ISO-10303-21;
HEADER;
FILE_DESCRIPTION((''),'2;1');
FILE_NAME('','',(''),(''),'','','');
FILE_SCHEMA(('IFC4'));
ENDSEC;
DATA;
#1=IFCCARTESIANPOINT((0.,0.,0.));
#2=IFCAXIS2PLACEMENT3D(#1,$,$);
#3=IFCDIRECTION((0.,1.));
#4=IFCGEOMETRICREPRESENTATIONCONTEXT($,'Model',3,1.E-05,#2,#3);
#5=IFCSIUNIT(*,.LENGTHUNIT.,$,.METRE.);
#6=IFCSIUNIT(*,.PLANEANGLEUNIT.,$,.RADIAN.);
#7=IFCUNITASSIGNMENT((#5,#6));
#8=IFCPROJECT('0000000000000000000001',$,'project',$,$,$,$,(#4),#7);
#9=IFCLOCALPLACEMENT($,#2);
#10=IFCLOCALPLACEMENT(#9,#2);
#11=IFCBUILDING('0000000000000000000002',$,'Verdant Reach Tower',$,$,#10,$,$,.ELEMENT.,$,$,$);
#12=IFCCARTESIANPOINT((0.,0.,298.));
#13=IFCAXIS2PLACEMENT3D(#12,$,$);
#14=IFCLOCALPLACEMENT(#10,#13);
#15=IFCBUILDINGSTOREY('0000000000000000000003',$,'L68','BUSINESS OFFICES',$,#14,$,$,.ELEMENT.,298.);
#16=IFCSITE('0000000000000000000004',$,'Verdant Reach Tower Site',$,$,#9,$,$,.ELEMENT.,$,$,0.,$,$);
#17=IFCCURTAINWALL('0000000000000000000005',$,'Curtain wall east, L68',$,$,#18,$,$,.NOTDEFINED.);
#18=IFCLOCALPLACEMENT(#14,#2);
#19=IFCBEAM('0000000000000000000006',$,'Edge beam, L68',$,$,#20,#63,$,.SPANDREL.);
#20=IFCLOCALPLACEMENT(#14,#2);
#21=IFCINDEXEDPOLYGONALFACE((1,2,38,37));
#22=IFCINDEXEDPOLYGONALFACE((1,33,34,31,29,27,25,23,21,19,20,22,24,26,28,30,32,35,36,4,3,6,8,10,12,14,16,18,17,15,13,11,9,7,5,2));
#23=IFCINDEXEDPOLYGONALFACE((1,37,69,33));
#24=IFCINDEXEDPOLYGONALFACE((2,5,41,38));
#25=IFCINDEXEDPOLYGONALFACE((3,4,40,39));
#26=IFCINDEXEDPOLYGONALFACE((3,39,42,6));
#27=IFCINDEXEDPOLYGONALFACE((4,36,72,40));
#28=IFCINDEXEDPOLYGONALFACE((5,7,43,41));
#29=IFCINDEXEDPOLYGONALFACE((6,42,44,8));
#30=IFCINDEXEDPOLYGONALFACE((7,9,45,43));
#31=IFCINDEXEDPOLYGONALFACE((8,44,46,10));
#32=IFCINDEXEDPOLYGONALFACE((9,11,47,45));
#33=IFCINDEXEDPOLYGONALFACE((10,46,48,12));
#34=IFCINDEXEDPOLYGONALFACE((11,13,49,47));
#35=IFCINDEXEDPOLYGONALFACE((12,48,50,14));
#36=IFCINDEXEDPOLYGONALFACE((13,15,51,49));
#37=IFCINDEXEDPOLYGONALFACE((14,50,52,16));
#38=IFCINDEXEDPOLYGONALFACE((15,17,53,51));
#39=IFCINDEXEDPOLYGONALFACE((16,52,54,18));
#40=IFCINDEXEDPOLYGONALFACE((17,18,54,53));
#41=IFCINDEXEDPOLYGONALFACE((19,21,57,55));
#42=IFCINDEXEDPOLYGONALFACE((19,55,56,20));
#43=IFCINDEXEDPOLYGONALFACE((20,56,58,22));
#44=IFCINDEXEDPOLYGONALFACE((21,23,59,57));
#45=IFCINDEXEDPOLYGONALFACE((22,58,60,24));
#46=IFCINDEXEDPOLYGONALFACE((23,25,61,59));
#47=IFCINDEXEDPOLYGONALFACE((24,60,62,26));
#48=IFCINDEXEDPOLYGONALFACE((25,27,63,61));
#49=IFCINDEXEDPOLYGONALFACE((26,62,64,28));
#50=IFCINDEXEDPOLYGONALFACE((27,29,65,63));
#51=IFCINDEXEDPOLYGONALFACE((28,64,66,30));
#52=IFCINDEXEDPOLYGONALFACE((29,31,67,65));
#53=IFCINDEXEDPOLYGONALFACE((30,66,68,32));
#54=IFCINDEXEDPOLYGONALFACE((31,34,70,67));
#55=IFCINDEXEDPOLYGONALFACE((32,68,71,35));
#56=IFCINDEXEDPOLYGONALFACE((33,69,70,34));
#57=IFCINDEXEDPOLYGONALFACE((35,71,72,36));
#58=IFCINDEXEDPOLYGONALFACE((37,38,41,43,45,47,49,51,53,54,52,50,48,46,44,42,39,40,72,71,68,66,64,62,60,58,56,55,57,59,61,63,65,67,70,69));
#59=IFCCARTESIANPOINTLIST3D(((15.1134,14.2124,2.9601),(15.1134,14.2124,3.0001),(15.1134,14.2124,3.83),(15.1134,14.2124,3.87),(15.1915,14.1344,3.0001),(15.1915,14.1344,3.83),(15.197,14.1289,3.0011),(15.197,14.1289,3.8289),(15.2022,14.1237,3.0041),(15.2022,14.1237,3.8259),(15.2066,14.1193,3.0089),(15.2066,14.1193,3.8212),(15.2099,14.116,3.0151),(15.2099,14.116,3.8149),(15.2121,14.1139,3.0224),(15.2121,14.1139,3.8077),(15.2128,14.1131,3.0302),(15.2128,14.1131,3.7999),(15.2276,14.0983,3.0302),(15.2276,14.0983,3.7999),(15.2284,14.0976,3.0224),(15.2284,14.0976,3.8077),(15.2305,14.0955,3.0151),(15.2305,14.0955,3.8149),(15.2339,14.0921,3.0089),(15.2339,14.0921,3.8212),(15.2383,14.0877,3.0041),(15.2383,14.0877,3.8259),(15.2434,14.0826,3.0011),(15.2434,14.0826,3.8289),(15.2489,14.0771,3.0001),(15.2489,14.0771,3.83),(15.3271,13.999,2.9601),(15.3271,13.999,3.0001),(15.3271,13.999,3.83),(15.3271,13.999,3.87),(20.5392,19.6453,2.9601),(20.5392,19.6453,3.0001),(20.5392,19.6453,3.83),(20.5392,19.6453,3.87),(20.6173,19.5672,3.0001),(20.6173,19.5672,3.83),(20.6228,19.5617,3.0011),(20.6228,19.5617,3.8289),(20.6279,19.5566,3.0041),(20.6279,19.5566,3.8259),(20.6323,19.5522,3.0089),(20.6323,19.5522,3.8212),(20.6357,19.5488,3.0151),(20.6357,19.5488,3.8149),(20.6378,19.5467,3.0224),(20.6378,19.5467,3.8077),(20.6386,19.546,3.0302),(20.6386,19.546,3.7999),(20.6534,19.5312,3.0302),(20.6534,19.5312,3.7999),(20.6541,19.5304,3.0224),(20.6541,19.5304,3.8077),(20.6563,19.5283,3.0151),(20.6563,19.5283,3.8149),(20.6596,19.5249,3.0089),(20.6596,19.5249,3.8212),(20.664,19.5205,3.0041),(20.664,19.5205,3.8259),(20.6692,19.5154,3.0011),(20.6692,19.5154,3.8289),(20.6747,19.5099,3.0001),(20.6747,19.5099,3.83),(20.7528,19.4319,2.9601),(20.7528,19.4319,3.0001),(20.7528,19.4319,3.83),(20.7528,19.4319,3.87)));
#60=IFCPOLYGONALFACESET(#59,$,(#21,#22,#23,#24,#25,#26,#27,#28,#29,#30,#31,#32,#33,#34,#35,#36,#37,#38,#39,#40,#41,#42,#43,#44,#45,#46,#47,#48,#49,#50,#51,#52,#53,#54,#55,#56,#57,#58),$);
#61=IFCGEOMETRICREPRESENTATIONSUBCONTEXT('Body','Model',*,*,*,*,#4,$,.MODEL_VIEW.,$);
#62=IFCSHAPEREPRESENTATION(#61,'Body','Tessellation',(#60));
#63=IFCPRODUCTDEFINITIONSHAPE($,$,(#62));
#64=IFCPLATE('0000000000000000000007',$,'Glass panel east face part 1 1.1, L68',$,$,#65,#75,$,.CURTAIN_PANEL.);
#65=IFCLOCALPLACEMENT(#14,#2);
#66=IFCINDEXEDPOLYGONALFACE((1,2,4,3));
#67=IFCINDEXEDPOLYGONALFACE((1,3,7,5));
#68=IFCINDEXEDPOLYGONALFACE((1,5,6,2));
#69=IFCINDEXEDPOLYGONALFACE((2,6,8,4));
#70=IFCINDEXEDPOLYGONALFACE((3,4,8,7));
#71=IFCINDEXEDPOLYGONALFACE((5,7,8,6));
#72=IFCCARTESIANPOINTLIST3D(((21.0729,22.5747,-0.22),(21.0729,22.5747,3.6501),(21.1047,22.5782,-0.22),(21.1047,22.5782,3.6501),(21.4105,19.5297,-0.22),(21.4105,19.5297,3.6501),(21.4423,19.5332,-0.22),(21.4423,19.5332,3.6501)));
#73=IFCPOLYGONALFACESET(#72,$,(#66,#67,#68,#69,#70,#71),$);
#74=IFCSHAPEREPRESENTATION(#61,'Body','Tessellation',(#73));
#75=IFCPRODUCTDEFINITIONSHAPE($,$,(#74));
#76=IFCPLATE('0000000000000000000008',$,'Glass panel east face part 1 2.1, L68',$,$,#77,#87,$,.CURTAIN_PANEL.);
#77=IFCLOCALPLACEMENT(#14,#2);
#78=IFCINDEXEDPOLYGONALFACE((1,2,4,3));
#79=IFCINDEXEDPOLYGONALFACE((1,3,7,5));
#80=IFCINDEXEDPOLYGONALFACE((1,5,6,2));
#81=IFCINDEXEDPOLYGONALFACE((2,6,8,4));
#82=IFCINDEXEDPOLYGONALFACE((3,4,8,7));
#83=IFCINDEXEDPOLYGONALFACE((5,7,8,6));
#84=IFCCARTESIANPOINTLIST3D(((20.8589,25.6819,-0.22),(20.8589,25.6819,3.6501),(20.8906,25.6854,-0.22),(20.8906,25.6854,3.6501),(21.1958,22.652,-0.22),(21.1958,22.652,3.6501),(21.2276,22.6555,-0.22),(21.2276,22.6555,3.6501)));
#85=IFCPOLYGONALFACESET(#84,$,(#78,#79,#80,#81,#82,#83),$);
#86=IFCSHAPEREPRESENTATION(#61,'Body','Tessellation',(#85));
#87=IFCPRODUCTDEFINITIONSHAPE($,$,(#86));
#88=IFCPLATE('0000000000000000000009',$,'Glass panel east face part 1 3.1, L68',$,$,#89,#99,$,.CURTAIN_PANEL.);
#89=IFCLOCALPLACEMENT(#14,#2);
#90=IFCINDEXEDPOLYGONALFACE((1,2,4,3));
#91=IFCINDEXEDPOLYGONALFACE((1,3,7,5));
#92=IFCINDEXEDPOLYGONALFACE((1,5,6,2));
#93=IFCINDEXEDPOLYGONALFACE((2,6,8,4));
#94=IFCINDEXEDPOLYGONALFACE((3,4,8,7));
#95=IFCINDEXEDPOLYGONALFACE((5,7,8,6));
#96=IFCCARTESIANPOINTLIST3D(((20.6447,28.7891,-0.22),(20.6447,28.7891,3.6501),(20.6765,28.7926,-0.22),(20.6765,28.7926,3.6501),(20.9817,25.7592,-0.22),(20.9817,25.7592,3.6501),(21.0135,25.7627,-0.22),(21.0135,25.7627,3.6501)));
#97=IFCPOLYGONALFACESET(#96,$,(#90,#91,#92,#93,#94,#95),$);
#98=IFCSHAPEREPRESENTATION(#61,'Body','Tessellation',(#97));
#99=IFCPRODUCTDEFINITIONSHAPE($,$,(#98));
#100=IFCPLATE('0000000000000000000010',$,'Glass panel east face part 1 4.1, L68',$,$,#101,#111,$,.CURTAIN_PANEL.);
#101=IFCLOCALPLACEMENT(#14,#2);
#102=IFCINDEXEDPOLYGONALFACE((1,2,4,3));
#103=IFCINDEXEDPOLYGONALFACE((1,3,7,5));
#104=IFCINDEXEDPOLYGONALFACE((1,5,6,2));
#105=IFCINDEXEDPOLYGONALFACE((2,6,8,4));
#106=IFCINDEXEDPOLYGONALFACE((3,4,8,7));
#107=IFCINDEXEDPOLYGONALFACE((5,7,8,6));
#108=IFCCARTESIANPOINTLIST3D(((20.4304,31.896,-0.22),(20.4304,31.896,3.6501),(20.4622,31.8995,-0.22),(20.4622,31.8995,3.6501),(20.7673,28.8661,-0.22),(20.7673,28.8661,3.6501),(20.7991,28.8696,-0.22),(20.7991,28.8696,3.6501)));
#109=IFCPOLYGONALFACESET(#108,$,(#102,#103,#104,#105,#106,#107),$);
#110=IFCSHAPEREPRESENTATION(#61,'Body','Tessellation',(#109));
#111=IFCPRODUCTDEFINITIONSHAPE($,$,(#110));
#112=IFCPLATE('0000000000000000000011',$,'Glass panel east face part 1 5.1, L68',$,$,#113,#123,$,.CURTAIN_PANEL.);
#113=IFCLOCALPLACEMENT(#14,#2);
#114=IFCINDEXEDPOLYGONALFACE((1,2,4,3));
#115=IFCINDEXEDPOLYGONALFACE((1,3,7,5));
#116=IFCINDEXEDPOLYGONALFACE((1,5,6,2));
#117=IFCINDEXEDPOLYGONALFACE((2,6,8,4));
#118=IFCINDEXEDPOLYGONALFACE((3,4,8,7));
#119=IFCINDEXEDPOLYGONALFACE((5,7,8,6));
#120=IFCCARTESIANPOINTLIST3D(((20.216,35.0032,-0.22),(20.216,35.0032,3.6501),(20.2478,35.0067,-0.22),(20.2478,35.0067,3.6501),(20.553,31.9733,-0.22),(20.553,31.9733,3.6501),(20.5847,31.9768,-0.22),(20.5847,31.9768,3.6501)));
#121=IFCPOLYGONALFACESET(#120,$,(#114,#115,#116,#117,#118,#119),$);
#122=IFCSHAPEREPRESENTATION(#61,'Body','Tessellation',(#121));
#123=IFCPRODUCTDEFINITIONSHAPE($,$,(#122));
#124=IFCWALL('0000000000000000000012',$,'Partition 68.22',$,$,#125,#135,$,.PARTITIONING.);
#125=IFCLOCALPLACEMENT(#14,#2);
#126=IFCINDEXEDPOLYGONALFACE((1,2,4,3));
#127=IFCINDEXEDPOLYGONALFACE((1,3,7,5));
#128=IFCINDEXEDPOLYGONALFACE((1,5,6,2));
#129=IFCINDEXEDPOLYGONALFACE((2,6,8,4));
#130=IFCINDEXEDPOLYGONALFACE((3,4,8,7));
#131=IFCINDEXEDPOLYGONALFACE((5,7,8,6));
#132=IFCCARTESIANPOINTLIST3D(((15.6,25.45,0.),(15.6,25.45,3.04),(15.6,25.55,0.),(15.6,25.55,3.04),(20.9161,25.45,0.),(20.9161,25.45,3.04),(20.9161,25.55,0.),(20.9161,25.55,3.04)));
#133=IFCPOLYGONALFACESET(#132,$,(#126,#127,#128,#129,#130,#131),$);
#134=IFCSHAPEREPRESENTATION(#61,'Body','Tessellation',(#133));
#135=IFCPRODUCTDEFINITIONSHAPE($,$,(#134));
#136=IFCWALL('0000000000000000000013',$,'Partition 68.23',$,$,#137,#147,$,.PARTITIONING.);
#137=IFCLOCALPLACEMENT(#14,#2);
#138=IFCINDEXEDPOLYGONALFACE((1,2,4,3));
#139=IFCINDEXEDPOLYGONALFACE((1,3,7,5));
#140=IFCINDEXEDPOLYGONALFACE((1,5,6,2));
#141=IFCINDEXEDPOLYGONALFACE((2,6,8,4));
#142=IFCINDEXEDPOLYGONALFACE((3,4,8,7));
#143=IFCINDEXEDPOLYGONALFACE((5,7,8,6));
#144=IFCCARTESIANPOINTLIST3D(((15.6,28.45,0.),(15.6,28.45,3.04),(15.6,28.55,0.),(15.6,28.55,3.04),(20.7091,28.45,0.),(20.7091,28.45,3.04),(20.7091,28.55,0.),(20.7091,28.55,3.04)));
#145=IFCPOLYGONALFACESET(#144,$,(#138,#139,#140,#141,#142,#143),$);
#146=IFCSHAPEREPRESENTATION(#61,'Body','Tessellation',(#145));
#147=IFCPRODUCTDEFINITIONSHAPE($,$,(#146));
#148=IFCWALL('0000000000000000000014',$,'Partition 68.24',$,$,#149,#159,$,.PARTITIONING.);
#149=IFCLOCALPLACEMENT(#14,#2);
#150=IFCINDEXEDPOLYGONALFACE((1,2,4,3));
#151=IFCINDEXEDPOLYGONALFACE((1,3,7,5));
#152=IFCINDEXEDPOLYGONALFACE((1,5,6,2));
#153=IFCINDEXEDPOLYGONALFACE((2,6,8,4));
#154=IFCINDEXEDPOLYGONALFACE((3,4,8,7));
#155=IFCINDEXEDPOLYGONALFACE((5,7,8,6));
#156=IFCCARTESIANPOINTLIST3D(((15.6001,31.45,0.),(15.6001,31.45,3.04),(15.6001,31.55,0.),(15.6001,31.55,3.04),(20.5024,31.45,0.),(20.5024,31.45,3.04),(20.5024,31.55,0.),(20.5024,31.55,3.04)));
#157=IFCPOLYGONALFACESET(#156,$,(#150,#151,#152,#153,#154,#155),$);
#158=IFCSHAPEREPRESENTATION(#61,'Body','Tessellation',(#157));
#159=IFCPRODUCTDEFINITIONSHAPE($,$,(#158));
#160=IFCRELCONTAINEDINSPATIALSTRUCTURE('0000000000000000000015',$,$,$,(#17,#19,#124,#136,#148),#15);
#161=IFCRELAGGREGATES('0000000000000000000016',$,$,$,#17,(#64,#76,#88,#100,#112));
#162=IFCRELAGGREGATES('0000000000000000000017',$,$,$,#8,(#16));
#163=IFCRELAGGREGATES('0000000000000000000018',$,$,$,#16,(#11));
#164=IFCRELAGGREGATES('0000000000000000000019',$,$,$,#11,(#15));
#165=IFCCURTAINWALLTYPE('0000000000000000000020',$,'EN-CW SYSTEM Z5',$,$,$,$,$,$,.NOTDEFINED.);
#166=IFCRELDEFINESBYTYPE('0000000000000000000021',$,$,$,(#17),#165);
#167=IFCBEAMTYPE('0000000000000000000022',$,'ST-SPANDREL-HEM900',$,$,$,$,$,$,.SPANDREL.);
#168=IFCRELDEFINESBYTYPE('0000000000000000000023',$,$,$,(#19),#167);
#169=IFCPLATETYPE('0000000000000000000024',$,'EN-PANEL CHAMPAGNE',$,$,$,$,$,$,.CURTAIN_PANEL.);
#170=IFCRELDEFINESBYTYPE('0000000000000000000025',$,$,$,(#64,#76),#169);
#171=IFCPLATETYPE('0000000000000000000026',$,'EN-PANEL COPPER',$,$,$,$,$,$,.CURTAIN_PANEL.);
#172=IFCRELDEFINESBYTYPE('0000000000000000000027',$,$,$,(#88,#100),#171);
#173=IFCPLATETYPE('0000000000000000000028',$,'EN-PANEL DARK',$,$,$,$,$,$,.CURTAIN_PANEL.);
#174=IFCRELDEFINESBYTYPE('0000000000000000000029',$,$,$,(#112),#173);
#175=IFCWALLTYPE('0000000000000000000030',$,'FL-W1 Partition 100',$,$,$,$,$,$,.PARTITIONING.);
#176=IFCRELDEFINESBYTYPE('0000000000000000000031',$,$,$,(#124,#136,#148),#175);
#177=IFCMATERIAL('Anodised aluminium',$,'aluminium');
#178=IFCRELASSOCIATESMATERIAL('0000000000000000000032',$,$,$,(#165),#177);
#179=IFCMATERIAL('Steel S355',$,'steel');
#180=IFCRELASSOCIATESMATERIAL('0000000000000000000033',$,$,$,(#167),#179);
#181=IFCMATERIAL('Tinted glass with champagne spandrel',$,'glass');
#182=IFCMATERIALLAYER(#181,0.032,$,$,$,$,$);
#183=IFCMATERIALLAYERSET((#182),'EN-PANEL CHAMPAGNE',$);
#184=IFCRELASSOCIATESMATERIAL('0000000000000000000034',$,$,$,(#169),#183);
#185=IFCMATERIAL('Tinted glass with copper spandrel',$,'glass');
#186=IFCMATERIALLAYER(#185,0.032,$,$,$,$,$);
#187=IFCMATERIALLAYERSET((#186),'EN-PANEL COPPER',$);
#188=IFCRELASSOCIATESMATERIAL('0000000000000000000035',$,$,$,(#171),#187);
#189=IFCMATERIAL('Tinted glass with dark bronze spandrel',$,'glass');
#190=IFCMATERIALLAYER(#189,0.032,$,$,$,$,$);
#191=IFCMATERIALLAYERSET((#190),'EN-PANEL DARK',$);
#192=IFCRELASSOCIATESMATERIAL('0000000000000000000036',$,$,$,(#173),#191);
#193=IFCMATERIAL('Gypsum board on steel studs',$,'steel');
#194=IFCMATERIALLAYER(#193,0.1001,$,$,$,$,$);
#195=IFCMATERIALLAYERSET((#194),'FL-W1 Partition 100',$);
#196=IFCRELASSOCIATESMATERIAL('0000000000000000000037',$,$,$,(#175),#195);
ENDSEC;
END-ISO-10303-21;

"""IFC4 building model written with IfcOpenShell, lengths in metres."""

from ifc_helpers import new_model, si_unit, direction, frame, frame_2d, origin, origin_2d, place, context, subcontext, project, spatial, rectangle, i_section, extrude, material, layer, layer_set, material_profile, profile_set, type_object, element, aggregate, save


model = new_model("IFC4")

# Units and contexts
model_context = context("Model", 3, precision=1e-05, world=origin(), true_north=direction((0.0, 1.0)))
body_context = subcontext(model_context, "Body", "Model", "MODEL_VIEW")
ifc_project = project(units=[si_unit("LENGTHUNIT", "METRE"), si_unit("PLANEANGLEUNIT", "RADIAN")], contexts=[model_context])

# Site, building, storey
site_placement = place(None, origin())
site = spatial("IfcSite", under=ifc_project, at=site_placement, Name="Verdant Reach Tower Site", CompositionType="ELEMENT", RefElevation=0.0)
building_placement = place(site_placement, origin())
building = spatial("IfcBuilding", under=site, at=building_placement, Name="Verdant Reach Tower", CompositionType="ELEMENT")
storey_placement = place(building_placement, frame((0.0, 0.0, 298.0)))
storey = spatial("IfcBuildingStorey", under=building, at=storey_placement, Name="L68", Description="BUSINESS OFFICES", CompositionType="ELEMENT", Elevation=298.0)

# Curtain wall
ifc_material_1 = material(Name="Anodised aluminium", Category="aluminium")
curtain_wall_type = type_object("IfcCurtainWallType", Name="EN-CW SYSTEM Z5", PredefinedType="NOTDEFINED", material=ifc_material_1)
curtain_wall_placement = place(storey_placement, origin())
curtain_wall = element("IfcCurtainWall", 1, at=curtain_wall_placement, inside=storey, type_object=curtain_wall_type, Name="Curtain wall east, L68", PredefinedType="NOTDEFINED")

# Beam
ifc_material_2 = material(Name="Steel S355", Category="steel")
ifc_material_profile_1 = material_profile(ifc_material_2, i_section(OverallWidth=0.302, OverallDepth=0.9099, WebThickness=0.021, FlangeThickness=0.04, FilletRadius=0.03, at=origin_2d()), Name="HEM 900")
ifc_profile_set_1 = profile_set([ifc_material_profile_1], Name="Steel S355")
beam_type_1 = type_object("IfcBeamType", Name="ST-SPANDREL-HEM900", PredefinedType="SPANDREL", material=ifc_profile_set_1)
beam_1_placement = place(storey_placement, frame((20.646, 19.5386, 3.415), z_axis=(-0.706646, -0.707568, 0.0), x_axis=(0.707568, -0.706646, 0.0)))
element("IfcBeam", 2, at=beam_1_placement, inside=storey, type_object=beam_type_1, Name="Edge beam, L68", PredefinedType="SPANDREL", context=body_context, shape_type="SweptSolid", body=[
    extrude(i_section(OverallWidth=0.302, OverallDepth=0.9099, WebThickness=0.021, FlangeThickness=0.04, FilletRadius=0.03, at=origin_2d()), origin(), (0.0, 0.0, 1.0), 7.6782),
])

# Plates
ifc_material_3 = material(Name="Tinted glass with champagne spandrel", Category="glass")
ifc_layer_1 = layer(ifc_material_3, 0.032)
ifc_layer_set_1 = layer_set([ifc_layer_1], Name="EN-PANEL CHAMPAGNE")
plate_type_1 = type_object("IfcPlateType", Name="EN-PANEL CHAMPAGNE", PredefinedType="CURTAIN_PANEL", material=ifc_layer_set_1)
plate_1_placement = place(storey_placement, frame((21.2576, 21.054, -0.22), z_axis=(0.0, 0.0, 1.0), x_axis=(-0.110198, 0.99391, 0.0)))
plate_1 = element("IfcPlate", 3, at=plate_1_placement, type_object=plate_type_1, Name="Glass panel east face part 1 1.1, L68", PredefinedType="CURTAIN_PANEL", context=body_context, shape_type="SweptSolid", body=[
    extrude(rectangle(XDim=3.0637, YDim=0.032, at=origin_2d()), origin(), (0.0, 0.0, 1.0), 3.8701),
])
plate_2_placement = place(storey_placement, frame((21.0432, 24.1687, -0.22), z_axis=(0.0, 0.0, 1.0), x_axis=(-0.110518, 0.993874, 0.0)))
plate_2 = element("IfcPlate", 4, at=plate_2_placement, type_object=plate_type_1, Name="Glass panel east face part 1 2.1, L68", PredefinedType="CURTAIN_PANEL", context=body_context, shape_type="SweptSolid", body=[
    extrude(rectangle(XDim=3.0486, YDim=0.032, at=origin_2d()), origin(), (0.0, 0.0, 1.0), 3.8701),
])
ifc_material_4 = material(Name="Tinted glass with copper spandrel", Category="glass")
ifc_layer_2 = layer(ifc_material_4, 0.032)
ifc_layer_set_2 = layer_set([ifc_layer_2], Name="EN-PANEL COPPER")
plate_type_2 = type_object("IfcPlateType", Name="EN-PANEL COPPER", PredefinedType="CURTAIN_PANEL", material=ifc_layer_set_2)
plate_3_placement = place(storey_placement, frame((20.8291, 27.2759, -0.22), z_axis=(0.0, 0.0, 1.0), x_axis=(-0.110518, 0.993874, 0.0)))
plate_3 = element("IfcPlate", 5, at=plate_3_placement, type_object=plate_type_2, Name="Glass panel east face part 1 3.1, L68", PredefinedType="CURTAIN_PANEL", context=body_context, shape_type="SweptSolid", body=[
    extrude(rectangle(XDim=3.0486, YDim=0.032, at=origin_2d()), origin(), (0.0, 0.0, 1.0), 3.8701),
])
plate_4_placement = place(storey_placement, frame((20.6147, 30.3828, -0.22), z_axis=(0.0, 0.0, 1.0), x_axis=(-0.110518, 0.993874, 0.0)))
plate_4 = element("IfcPlate", 6, at=plate_4_placement, type_object=plate_type_2, Name="Glass panel east face part 1 4.1, L68", PredefinedType="CURTAIN_PANEL", context=body_context, shape_type="SweptSolid", body=[
    extrude(rectangle(XDim=3.0486, YDim=0.032, at=origin_2d()), origin(), (0.0, 0.0, 1.0), 3.8701),
])
ifc_material_5 = material(Name="Tinted glass with dark bronze spandrel", Category="glass")
ifc_layer_3 = layer(ifc_material_5, 0.032)
ifc_layer_set_3 = layer_set([ifc_layer_3], Name="EN-PANEL DARK")
plate_type_3 = type_object("IfcPlateType", Name="EN-PANEL DARK", PredefinedType="CURTAIN_PANEL", material=ifc_layer_set_3)
plate_5_placement = place(storey_placement, frame((20.4004, 33.49, -0.22), z_axis=(0.0, 0.0, 1.0), x_axis=(-0.110518, 0.993874, 0.0)))
plate_5 = element("IfcPlate", 7, at=plate_5_placement, type_object=plate_type_3, Name="Glass panel east face part 1 5.1, L68", PredefinedType="CURTAIN_PANEL", context=body_context, shape_type="SweptSolid", body=[
    extrude(rectangle(XDim=3.0486, YDim=0.032, at=origin_2d()), origin(), (0.0, 0.0, 1.0), 3.8701),
])
aggregate(curtain_wall, [plate_1, plate_2, plate_3, plate_4, plate_5])

# Walls
ifc_material_6 = material(Name="Gypsum board on steel studs", Category="steel")
ifc_layer_4 = layer(ifc_material_6, 0.1001)
ifc_layer_set_4 = layer_set([ifc_layer_4], Name="FL-W1 Partition 100")
wall_type_1 = type_object("IfcWallType", Name="FL-W1 Partition 100", PredefinedType="PARTITIONING", material=ifc_layer_set_4)
wall_1_placement = place(storey_placement, frame((20.9163, 25.5, 0.0), z_axis=(0.0, 0.0, 1.0), x_axis=(-1.0, 0.0, 0.0)))
element("IfcWall", 8, at=wall_1_placement, inside=storey, type_object=wall_type_1, Name="Partition 68.22", PredefinedType="PARTITIONING", context=body_context, shape_type="SweptSolid", body=[
    extrude(rectangle(XDim=5.3162, YDim=0.1001, at=frame_2d((2.6582, 0.0))), origin(), (0.0, 0.0, 1.0), 3.04),
])
wall_2_placement = place(storey_placement, frame((20.7092, 28.5, 0.0), z_axis=(0.0, 0.0, 1.0), x_axis=(-1.0, 0.0, 0.0)))
element("IfcWall", 9, at=wall_2_placement, inside=storey, type_object=wall_type_1, Name="Partition 68.23", PredefinedType="PARTITIONING", context=body_context, shape_type="SweptSolid", body=[
    extrude(rectangle(XDim=5.1091, YDim=0.1001, at=frame_2d((2.5547, 0.0))), origin(), (0.0, 0.0, 1.0), 3.04),
])
wall_3_placement = place(storey_placement, frame((20.5024, 31.5, 0.0), z_axis=(0.0, 0.0, 1.0), x_axis=(-1.0, 0.0, 0.0)))
element("IfcWall", 10, at=wall_3_placement, inside=storey, type_object=wall_type_1, Name="Partition 68.24", PredefinedType="PARTITIONING", context=body_context, shape_type="SweptSolid", body=[
    extrude(rectangle(XDim=4.9023, YDim=0.1001, at=frame_2d((2.4512, 0.0))), origin(), (0.0, 0.0, 1.0), 3.04),
])

save(model, "model.ifc")
